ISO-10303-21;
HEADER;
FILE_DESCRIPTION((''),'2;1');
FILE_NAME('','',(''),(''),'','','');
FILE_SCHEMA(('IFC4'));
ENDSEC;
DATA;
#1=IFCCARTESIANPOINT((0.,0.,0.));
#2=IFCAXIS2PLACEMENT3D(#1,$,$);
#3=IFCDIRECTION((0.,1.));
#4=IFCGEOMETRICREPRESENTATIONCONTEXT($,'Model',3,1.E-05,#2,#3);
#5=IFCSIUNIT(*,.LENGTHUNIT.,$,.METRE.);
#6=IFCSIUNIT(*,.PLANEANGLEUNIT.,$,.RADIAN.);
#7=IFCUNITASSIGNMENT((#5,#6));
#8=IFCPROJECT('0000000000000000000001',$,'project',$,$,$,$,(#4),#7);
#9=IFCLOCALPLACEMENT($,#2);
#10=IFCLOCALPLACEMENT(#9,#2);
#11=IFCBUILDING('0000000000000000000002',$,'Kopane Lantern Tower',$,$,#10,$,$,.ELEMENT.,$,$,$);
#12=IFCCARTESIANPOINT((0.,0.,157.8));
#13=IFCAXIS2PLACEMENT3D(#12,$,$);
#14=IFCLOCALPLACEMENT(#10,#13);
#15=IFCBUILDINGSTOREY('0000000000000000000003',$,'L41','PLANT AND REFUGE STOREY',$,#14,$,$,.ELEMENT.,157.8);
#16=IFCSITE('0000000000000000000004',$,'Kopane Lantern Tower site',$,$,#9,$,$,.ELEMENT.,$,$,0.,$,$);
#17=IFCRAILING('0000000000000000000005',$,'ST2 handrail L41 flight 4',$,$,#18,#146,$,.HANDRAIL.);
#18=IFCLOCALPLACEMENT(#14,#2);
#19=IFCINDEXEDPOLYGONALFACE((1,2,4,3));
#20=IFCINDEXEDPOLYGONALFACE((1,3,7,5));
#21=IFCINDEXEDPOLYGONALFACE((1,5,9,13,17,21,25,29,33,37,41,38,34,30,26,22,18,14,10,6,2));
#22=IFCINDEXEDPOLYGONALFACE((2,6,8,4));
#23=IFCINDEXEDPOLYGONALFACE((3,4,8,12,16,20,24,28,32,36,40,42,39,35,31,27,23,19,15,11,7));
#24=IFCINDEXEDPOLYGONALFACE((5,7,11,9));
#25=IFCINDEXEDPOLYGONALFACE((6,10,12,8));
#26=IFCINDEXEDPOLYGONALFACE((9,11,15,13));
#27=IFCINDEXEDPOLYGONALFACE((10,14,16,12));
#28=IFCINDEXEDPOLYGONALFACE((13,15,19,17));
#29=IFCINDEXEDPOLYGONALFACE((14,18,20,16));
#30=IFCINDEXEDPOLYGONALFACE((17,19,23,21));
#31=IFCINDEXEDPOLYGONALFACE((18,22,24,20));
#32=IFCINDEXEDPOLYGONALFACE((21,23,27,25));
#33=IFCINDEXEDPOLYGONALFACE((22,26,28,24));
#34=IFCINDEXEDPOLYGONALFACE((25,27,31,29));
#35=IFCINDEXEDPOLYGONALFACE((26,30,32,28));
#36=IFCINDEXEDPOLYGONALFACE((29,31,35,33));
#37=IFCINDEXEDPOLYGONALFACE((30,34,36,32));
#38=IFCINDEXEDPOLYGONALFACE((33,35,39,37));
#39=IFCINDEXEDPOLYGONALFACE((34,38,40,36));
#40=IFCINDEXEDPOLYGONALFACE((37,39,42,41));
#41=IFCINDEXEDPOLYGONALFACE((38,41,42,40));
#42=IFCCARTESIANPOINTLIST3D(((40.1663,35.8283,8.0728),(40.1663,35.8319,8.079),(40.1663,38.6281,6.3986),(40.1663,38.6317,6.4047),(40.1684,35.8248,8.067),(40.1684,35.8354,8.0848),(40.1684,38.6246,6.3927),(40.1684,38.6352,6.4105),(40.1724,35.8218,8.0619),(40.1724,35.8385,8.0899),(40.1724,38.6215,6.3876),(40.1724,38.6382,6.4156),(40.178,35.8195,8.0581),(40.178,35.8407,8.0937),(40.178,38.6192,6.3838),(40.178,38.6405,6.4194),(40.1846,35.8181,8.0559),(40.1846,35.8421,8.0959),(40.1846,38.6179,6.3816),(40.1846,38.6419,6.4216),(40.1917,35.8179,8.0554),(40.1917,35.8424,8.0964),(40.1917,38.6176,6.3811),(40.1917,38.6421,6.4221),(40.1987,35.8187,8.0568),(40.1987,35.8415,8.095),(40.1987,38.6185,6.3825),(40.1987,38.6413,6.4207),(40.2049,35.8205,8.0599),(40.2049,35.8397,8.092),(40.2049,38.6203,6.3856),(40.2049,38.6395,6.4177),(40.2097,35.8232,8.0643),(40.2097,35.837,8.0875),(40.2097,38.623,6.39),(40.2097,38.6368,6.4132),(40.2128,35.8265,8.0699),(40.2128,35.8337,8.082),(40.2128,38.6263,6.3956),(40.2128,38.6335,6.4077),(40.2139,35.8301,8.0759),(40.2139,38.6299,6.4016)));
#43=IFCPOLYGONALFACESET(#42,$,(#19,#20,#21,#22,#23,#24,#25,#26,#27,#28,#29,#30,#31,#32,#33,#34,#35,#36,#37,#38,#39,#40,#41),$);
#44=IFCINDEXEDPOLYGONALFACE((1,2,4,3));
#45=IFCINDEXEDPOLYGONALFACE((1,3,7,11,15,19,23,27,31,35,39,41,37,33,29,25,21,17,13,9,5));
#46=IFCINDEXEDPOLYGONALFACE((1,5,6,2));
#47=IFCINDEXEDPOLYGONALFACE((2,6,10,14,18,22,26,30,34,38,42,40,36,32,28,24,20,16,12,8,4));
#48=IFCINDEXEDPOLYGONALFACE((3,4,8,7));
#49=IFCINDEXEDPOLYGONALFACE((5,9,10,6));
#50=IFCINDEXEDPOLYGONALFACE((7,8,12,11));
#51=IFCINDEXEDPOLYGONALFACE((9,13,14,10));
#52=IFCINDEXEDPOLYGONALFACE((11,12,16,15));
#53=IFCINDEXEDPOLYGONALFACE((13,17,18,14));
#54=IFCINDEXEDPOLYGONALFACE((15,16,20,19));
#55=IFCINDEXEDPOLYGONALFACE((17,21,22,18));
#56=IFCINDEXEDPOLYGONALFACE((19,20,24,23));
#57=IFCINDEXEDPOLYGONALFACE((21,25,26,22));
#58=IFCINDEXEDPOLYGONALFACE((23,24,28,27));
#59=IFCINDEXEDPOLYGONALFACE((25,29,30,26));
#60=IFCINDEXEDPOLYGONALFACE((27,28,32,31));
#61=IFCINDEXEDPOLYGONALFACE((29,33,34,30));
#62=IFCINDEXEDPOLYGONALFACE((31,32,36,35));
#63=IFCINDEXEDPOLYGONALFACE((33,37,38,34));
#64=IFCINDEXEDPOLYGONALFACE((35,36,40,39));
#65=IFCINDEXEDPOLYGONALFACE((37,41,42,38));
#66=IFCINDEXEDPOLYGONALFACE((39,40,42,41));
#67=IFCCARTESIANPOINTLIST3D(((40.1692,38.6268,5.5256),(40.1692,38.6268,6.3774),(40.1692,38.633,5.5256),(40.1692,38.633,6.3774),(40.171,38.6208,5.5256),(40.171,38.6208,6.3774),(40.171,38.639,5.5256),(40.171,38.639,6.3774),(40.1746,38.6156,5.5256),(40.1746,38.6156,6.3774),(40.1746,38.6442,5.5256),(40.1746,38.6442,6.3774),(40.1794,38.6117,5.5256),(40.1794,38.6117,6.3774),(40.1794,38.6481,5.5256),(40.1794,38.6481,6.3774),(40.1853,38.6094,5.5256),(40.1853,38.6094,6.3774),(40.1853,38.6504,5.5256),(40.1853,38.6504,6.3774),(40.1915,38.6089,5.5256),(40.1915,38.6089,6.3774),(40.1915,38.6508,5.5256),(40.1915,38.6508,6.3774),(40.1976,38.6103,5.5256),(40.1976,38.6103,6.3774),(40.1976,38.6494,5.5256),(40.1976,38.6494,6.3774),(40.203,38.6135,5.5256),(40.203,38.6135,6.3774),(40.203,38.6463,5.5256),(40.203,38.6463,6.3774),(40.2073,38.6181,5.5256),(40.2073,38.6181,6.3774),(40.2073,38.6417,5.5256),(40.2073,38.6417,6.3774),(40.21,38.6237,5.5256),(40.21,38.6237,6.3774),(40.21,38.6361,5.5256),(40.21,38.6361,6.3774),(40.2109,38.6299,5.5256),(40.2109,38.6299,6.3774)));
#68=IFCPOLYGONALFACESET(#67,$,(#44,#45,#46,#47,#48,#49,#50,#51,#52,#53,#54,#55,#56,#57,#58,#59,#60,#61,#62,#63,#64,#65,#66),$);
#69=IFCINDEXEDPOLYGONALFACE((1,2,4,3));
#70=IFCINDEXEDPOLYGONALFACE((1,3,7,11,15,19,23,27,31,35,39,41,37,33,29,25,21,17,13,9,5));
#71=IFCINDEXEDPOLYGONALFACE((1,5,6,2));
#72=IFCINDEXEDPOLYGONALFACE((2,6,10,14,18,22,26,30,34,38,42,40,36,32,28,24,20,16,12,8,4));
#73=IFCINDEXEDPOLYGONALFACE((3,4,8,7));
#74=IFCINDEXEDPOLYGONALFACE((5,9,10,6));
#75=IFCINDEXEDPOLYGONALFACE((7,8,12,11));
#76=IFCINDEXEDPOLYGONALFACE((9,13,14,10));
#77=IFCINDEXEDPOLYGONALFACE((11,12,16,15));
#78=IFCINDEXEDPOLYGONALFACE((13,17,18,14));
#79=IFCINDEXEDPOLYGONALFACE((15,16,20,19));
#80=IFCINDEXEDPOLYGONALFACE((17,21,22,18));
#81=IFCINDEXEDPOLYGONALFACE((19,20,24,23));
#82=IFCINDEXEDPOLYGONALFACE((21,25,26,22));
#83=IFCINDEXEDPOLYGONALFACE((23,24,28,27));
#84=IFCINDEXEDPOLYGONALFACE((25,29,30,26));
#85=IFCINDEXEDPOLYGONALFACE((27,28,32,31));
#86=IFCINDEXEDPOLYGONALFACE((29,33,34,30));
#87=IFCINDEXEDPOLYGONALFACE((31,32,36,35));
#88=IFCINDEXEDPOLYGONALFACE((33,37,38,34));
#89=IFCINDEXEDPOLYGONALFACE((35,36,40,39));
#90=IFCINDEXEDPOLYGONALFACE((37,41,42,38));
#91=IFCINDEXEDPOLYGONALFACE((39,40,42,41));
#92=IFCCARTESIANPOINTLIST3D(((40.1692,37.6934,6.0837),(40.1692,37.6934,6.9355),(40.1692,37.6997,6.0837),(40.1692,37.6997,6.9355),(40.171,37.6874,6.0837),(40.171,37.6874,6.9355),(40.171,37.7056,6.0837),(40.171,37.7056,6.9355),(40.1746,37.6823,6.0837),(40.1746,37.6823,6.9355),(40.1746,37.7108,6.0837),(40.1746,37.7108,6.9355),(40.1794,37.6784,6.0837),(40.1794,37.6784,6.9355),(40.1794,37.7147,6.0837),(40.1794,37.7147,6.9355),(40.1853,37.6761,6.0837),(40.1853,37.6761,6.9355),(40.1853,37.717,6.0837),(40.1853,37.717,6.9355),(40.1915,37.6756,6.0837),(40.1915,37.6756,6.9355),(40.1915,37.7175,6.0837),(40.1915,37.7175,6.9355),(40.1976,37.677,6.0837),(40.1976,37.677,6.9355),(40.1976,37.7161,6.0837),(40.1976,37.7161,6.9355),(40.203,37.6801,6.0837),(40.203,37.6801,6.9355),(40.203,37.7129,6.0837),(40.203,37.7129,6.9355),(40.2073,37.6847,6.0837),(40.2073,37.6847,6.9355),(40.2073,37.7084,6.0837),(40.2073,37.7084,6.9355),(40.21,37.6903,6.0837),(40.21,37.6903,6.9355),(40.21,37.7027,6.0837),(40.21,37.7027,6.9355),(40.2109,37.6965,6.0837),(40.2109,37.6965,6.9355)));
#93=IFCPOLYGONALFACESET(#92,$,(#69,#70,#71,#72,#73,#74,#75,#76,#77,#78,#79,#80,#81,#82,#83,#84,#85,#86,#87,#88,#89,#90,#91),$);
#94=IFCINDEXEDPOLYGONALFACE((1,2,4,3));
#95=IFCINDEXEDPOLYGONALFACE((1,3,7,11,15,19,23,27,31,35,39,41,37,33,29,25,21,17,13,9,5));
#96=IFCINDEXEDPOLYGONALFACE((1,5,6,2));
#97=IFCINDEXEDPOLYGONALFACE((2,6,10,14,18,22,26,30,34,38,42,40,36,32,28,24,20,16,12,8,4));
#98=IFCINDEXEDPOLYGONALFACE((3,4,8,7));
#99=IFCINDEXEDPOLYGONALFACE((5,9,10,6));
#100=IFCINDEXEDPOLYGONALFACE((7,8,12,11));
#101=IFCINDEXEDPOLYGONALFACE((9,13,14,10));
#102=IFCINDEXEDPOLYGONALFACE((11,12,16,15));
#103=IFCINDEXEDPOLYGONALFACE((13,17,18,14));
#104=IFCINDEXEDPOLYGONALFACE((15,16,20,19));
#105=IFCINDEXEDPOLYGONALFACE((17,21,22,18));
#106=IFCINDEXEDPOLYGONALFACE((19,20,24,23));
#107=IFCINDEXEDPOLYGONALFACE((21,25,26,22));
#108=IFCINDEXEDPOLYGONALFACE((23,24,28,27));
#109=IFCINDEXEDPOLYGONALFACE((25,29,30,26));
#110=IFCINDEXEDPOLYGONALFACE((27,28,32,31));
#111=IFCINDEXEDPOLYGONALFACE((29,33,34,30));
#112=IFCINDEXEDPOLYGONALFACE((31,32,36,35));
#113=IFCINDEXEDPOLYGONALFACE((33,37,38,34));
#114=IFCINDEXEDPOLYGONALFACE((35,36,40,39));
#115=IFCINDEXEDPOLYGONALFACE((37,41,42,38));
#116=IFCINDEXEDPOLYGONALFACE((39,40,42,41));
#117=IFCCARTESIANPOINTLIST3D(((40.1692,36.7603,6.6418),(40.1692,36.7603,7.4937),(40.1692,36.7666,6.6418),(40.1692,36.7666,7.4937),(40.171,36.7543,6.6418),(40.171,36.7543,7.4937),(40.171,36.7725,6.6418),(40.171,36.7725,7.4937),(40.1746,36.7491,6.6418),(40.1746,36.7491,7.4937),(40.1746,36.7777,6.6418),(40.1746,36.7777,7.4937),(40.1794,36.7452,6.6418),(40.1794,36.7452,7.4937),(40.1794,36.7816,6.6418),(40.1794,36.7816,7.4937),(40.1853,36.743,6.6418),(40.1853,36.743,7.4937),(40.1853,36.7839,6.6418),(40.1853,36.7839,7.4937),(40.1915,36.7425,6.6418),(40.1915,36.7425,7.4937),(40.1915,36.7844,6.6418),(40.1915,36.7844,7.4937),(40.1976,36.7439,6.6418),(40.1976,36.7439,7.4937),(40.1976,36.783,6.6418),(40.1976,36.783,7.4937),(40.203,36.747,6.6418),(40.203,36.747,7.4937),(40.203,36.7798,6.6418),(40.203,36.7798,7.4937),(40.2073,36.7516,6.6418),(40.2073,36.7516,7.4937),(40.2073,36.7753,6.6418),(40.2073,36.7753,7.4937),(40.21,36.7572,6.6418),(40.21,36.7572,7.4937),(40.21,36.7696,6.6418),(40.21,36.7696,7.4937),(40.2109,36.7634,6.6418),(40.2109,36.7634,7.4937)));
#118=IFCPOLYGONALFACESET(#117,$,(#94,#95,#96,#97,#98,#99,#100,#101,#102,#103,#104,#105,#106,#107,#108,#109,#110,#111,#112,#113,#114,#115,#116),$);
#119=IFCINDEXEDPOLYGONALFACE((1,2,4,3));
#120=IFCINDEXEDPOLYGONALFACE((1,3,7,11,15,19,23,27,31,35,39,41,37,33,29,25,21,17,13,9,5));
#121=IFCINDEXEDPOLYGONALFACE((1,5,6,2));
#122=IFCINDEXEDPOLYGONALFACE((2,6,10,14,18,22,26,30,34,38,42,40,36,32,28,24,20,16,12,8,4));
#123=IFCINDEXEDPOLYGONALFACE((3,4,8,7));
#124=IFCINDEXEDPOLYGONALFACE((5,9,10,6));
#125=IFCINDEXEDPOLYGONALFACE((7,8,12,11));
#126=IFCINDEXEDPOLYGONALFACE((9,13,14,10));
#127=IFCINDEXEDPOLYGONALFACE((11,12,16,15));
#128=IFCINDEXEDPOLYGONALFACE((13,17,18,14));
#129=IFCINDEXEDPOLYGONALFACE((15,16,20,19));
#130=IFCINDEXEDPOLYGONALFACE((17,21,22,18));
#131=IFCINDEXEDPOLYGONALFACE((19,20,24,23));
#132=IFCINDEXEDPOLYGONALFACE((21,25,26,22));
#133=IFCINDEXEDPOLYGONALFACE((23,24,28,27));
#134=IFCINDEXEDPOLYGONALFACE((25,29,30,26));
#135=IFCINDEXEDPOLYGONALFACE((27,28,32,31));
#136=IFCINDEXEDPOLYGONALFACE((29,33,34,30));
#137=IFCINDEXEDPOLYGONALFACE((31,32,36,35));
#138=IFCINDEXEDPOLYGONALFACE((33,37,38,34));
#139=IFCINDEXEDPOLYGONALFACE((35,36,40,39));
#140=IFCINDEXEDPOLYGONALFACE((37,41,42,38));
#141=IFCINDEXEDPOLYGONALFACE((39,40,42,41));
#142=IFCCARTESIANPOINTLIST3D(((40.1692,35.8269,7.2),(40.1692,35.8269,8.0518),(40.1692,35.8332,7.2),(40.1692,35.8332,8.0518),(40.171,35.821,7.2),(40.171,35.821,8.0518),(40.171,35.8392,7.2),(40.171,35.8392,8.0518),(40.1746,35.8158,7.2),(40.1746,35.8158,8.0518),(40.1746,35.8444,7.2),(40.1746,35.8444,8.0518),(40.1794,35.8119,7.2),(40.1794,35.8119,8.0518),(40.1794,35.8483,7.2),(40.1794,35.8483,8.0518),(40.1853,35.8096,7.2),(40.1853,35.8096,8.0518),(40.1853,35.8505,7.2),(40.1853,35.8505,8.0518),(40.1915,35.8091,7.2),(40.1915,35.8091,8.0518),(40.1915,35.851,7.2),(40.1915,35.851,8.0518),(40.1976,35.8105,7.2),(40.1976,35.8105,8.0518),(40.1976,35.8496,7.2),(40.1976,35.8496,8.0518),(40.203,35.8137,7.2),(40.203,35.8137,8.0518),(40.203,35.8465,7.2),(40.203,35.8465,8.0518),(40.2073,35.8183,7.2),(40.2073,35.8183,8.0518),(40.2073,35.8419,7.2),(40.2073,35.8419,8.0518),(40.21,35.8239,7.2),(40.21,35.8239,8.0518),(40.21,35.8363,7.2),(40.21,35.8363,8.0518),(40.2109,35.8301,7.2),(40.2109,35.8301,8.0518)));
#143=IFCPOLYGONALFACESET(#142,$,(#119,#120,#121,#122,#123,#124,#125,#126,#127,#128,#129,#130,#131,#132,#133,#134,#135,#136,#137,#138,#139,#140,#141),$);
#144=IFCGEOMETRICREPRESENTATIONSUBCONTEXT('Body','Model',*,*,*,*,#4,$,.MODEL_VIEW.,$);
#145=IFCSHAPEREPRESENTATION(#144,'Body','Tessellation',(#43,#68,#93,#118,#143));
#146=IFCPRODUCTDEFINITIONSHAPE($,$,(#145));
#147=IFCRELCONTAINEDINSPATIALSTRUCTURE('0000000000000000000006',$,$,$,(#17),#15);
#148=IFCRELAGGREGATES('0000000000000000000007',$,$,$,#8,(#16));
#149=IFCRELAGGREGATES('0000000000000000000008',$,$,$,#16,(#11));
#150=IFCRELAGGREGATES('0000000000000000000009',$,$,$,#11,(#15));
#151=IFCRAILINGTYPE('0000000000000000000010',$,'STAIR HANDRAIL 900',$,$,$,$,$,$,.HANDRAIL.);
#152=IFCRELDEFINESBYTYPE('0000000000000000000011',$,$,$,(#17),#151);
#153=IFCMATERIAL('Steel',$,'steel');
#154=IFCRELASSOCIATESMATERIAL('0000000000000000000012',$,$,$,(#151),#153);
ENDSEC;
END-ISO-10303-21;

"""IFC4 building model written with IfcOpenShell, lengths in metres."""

from ifc_helpers import new_model, si_unit, direction, frame, origin, origin_2d, place, context, subcontext, project, spatial, circle, extrude, material, type_object, element, save


model = new_model("IFC4")

# Units and contexts
model_context = context("Model", 3, precision=1e-05, world=origin(), true_north=direction((0.0, 1.0)))
body_context = subcontext(model_context, "Body", "Model", "MODEL_VIEW")
ifc_project = project(units=[si_unit("LENGTHUNIT", "METRE"), si_unit("PLANEANGLEUNIT", "RADIAN")], contexts=[model_context])

# Site, building, storey
site_placement = place(None, origin())
site = spatial("IfcSite", under=ifc_project, at=site_placement, Name="Kopane Lantern Tower site", CompositionType="ELEMENT", RefElevation=0.0)
building_placement = place(site_placement, origin())
building = spatial("IfcBuilding", under=site, at=building_placement, Name="Kopane Lantern Tower", CompositionType="ELEMENT")
storey_placement = place(building_placement, frame((0.0, 0.0, 157.8)))
storey = spatial("IfcBuildingStorey", under=building, at=storey_placement, Name="L41", Description="PLANT AND REFUGE STOREY", CompositionType="ELEMENT", Elevation=157.8)

# Railing
ifc_material_1 = material(Name="Steel", Category="steel")
railing_type_1 = type_object("IfcRailingType", Name="STAIR HANDRAIL 900", PredefinedType="HANDRAIL", material=ifc_material_1)
for number, where, name in (
    (1, (40.1899, 38.6299, 5.5256), "ST2 handrail L41 flight 4"),
):
    element("IfcRailing", number, at=place(storey_placement, frame(where)), inside=storey, type_object=railing_type_1, Name=name, PredefinedType="HANDRAIL", context=body_context, shape_type="SweptSolid", body=[
        extrude(circle(Radius=0.0239, at=origin_2d()), frame((0.0, 0.0, 0.876), z_axis=(0.0, -0.858245, 0.513241), x_axis=(1.0, 0.0, 0.0)), (0.0, 0.0, 1.0), 3.2622),
        extrude(circle(Radius=0.021, at=origin_2d()), origin(), (0.0, 0.0, 1.0), 0.8518),
        extrude(circle(Radius=0.021, at=origin_2d()), frame((0.0, -0.9333, 0.5581)), (0.0, 0.0, 1.0), 0.8518),
        extrude(circle(Radius=0.021, at=origin_2d()), frame((0.0, -1.8665, 1.1162)), (0.0, 0.0, 1.0), 0.8518),
        extrude(circle(Radius=0.021, at=origin_2d()), frame((0.0, -2.7998, 1.6743)), (0.0, 0.0, 1.0), 0.8518),
    ])

save(model, "model.ifc")
